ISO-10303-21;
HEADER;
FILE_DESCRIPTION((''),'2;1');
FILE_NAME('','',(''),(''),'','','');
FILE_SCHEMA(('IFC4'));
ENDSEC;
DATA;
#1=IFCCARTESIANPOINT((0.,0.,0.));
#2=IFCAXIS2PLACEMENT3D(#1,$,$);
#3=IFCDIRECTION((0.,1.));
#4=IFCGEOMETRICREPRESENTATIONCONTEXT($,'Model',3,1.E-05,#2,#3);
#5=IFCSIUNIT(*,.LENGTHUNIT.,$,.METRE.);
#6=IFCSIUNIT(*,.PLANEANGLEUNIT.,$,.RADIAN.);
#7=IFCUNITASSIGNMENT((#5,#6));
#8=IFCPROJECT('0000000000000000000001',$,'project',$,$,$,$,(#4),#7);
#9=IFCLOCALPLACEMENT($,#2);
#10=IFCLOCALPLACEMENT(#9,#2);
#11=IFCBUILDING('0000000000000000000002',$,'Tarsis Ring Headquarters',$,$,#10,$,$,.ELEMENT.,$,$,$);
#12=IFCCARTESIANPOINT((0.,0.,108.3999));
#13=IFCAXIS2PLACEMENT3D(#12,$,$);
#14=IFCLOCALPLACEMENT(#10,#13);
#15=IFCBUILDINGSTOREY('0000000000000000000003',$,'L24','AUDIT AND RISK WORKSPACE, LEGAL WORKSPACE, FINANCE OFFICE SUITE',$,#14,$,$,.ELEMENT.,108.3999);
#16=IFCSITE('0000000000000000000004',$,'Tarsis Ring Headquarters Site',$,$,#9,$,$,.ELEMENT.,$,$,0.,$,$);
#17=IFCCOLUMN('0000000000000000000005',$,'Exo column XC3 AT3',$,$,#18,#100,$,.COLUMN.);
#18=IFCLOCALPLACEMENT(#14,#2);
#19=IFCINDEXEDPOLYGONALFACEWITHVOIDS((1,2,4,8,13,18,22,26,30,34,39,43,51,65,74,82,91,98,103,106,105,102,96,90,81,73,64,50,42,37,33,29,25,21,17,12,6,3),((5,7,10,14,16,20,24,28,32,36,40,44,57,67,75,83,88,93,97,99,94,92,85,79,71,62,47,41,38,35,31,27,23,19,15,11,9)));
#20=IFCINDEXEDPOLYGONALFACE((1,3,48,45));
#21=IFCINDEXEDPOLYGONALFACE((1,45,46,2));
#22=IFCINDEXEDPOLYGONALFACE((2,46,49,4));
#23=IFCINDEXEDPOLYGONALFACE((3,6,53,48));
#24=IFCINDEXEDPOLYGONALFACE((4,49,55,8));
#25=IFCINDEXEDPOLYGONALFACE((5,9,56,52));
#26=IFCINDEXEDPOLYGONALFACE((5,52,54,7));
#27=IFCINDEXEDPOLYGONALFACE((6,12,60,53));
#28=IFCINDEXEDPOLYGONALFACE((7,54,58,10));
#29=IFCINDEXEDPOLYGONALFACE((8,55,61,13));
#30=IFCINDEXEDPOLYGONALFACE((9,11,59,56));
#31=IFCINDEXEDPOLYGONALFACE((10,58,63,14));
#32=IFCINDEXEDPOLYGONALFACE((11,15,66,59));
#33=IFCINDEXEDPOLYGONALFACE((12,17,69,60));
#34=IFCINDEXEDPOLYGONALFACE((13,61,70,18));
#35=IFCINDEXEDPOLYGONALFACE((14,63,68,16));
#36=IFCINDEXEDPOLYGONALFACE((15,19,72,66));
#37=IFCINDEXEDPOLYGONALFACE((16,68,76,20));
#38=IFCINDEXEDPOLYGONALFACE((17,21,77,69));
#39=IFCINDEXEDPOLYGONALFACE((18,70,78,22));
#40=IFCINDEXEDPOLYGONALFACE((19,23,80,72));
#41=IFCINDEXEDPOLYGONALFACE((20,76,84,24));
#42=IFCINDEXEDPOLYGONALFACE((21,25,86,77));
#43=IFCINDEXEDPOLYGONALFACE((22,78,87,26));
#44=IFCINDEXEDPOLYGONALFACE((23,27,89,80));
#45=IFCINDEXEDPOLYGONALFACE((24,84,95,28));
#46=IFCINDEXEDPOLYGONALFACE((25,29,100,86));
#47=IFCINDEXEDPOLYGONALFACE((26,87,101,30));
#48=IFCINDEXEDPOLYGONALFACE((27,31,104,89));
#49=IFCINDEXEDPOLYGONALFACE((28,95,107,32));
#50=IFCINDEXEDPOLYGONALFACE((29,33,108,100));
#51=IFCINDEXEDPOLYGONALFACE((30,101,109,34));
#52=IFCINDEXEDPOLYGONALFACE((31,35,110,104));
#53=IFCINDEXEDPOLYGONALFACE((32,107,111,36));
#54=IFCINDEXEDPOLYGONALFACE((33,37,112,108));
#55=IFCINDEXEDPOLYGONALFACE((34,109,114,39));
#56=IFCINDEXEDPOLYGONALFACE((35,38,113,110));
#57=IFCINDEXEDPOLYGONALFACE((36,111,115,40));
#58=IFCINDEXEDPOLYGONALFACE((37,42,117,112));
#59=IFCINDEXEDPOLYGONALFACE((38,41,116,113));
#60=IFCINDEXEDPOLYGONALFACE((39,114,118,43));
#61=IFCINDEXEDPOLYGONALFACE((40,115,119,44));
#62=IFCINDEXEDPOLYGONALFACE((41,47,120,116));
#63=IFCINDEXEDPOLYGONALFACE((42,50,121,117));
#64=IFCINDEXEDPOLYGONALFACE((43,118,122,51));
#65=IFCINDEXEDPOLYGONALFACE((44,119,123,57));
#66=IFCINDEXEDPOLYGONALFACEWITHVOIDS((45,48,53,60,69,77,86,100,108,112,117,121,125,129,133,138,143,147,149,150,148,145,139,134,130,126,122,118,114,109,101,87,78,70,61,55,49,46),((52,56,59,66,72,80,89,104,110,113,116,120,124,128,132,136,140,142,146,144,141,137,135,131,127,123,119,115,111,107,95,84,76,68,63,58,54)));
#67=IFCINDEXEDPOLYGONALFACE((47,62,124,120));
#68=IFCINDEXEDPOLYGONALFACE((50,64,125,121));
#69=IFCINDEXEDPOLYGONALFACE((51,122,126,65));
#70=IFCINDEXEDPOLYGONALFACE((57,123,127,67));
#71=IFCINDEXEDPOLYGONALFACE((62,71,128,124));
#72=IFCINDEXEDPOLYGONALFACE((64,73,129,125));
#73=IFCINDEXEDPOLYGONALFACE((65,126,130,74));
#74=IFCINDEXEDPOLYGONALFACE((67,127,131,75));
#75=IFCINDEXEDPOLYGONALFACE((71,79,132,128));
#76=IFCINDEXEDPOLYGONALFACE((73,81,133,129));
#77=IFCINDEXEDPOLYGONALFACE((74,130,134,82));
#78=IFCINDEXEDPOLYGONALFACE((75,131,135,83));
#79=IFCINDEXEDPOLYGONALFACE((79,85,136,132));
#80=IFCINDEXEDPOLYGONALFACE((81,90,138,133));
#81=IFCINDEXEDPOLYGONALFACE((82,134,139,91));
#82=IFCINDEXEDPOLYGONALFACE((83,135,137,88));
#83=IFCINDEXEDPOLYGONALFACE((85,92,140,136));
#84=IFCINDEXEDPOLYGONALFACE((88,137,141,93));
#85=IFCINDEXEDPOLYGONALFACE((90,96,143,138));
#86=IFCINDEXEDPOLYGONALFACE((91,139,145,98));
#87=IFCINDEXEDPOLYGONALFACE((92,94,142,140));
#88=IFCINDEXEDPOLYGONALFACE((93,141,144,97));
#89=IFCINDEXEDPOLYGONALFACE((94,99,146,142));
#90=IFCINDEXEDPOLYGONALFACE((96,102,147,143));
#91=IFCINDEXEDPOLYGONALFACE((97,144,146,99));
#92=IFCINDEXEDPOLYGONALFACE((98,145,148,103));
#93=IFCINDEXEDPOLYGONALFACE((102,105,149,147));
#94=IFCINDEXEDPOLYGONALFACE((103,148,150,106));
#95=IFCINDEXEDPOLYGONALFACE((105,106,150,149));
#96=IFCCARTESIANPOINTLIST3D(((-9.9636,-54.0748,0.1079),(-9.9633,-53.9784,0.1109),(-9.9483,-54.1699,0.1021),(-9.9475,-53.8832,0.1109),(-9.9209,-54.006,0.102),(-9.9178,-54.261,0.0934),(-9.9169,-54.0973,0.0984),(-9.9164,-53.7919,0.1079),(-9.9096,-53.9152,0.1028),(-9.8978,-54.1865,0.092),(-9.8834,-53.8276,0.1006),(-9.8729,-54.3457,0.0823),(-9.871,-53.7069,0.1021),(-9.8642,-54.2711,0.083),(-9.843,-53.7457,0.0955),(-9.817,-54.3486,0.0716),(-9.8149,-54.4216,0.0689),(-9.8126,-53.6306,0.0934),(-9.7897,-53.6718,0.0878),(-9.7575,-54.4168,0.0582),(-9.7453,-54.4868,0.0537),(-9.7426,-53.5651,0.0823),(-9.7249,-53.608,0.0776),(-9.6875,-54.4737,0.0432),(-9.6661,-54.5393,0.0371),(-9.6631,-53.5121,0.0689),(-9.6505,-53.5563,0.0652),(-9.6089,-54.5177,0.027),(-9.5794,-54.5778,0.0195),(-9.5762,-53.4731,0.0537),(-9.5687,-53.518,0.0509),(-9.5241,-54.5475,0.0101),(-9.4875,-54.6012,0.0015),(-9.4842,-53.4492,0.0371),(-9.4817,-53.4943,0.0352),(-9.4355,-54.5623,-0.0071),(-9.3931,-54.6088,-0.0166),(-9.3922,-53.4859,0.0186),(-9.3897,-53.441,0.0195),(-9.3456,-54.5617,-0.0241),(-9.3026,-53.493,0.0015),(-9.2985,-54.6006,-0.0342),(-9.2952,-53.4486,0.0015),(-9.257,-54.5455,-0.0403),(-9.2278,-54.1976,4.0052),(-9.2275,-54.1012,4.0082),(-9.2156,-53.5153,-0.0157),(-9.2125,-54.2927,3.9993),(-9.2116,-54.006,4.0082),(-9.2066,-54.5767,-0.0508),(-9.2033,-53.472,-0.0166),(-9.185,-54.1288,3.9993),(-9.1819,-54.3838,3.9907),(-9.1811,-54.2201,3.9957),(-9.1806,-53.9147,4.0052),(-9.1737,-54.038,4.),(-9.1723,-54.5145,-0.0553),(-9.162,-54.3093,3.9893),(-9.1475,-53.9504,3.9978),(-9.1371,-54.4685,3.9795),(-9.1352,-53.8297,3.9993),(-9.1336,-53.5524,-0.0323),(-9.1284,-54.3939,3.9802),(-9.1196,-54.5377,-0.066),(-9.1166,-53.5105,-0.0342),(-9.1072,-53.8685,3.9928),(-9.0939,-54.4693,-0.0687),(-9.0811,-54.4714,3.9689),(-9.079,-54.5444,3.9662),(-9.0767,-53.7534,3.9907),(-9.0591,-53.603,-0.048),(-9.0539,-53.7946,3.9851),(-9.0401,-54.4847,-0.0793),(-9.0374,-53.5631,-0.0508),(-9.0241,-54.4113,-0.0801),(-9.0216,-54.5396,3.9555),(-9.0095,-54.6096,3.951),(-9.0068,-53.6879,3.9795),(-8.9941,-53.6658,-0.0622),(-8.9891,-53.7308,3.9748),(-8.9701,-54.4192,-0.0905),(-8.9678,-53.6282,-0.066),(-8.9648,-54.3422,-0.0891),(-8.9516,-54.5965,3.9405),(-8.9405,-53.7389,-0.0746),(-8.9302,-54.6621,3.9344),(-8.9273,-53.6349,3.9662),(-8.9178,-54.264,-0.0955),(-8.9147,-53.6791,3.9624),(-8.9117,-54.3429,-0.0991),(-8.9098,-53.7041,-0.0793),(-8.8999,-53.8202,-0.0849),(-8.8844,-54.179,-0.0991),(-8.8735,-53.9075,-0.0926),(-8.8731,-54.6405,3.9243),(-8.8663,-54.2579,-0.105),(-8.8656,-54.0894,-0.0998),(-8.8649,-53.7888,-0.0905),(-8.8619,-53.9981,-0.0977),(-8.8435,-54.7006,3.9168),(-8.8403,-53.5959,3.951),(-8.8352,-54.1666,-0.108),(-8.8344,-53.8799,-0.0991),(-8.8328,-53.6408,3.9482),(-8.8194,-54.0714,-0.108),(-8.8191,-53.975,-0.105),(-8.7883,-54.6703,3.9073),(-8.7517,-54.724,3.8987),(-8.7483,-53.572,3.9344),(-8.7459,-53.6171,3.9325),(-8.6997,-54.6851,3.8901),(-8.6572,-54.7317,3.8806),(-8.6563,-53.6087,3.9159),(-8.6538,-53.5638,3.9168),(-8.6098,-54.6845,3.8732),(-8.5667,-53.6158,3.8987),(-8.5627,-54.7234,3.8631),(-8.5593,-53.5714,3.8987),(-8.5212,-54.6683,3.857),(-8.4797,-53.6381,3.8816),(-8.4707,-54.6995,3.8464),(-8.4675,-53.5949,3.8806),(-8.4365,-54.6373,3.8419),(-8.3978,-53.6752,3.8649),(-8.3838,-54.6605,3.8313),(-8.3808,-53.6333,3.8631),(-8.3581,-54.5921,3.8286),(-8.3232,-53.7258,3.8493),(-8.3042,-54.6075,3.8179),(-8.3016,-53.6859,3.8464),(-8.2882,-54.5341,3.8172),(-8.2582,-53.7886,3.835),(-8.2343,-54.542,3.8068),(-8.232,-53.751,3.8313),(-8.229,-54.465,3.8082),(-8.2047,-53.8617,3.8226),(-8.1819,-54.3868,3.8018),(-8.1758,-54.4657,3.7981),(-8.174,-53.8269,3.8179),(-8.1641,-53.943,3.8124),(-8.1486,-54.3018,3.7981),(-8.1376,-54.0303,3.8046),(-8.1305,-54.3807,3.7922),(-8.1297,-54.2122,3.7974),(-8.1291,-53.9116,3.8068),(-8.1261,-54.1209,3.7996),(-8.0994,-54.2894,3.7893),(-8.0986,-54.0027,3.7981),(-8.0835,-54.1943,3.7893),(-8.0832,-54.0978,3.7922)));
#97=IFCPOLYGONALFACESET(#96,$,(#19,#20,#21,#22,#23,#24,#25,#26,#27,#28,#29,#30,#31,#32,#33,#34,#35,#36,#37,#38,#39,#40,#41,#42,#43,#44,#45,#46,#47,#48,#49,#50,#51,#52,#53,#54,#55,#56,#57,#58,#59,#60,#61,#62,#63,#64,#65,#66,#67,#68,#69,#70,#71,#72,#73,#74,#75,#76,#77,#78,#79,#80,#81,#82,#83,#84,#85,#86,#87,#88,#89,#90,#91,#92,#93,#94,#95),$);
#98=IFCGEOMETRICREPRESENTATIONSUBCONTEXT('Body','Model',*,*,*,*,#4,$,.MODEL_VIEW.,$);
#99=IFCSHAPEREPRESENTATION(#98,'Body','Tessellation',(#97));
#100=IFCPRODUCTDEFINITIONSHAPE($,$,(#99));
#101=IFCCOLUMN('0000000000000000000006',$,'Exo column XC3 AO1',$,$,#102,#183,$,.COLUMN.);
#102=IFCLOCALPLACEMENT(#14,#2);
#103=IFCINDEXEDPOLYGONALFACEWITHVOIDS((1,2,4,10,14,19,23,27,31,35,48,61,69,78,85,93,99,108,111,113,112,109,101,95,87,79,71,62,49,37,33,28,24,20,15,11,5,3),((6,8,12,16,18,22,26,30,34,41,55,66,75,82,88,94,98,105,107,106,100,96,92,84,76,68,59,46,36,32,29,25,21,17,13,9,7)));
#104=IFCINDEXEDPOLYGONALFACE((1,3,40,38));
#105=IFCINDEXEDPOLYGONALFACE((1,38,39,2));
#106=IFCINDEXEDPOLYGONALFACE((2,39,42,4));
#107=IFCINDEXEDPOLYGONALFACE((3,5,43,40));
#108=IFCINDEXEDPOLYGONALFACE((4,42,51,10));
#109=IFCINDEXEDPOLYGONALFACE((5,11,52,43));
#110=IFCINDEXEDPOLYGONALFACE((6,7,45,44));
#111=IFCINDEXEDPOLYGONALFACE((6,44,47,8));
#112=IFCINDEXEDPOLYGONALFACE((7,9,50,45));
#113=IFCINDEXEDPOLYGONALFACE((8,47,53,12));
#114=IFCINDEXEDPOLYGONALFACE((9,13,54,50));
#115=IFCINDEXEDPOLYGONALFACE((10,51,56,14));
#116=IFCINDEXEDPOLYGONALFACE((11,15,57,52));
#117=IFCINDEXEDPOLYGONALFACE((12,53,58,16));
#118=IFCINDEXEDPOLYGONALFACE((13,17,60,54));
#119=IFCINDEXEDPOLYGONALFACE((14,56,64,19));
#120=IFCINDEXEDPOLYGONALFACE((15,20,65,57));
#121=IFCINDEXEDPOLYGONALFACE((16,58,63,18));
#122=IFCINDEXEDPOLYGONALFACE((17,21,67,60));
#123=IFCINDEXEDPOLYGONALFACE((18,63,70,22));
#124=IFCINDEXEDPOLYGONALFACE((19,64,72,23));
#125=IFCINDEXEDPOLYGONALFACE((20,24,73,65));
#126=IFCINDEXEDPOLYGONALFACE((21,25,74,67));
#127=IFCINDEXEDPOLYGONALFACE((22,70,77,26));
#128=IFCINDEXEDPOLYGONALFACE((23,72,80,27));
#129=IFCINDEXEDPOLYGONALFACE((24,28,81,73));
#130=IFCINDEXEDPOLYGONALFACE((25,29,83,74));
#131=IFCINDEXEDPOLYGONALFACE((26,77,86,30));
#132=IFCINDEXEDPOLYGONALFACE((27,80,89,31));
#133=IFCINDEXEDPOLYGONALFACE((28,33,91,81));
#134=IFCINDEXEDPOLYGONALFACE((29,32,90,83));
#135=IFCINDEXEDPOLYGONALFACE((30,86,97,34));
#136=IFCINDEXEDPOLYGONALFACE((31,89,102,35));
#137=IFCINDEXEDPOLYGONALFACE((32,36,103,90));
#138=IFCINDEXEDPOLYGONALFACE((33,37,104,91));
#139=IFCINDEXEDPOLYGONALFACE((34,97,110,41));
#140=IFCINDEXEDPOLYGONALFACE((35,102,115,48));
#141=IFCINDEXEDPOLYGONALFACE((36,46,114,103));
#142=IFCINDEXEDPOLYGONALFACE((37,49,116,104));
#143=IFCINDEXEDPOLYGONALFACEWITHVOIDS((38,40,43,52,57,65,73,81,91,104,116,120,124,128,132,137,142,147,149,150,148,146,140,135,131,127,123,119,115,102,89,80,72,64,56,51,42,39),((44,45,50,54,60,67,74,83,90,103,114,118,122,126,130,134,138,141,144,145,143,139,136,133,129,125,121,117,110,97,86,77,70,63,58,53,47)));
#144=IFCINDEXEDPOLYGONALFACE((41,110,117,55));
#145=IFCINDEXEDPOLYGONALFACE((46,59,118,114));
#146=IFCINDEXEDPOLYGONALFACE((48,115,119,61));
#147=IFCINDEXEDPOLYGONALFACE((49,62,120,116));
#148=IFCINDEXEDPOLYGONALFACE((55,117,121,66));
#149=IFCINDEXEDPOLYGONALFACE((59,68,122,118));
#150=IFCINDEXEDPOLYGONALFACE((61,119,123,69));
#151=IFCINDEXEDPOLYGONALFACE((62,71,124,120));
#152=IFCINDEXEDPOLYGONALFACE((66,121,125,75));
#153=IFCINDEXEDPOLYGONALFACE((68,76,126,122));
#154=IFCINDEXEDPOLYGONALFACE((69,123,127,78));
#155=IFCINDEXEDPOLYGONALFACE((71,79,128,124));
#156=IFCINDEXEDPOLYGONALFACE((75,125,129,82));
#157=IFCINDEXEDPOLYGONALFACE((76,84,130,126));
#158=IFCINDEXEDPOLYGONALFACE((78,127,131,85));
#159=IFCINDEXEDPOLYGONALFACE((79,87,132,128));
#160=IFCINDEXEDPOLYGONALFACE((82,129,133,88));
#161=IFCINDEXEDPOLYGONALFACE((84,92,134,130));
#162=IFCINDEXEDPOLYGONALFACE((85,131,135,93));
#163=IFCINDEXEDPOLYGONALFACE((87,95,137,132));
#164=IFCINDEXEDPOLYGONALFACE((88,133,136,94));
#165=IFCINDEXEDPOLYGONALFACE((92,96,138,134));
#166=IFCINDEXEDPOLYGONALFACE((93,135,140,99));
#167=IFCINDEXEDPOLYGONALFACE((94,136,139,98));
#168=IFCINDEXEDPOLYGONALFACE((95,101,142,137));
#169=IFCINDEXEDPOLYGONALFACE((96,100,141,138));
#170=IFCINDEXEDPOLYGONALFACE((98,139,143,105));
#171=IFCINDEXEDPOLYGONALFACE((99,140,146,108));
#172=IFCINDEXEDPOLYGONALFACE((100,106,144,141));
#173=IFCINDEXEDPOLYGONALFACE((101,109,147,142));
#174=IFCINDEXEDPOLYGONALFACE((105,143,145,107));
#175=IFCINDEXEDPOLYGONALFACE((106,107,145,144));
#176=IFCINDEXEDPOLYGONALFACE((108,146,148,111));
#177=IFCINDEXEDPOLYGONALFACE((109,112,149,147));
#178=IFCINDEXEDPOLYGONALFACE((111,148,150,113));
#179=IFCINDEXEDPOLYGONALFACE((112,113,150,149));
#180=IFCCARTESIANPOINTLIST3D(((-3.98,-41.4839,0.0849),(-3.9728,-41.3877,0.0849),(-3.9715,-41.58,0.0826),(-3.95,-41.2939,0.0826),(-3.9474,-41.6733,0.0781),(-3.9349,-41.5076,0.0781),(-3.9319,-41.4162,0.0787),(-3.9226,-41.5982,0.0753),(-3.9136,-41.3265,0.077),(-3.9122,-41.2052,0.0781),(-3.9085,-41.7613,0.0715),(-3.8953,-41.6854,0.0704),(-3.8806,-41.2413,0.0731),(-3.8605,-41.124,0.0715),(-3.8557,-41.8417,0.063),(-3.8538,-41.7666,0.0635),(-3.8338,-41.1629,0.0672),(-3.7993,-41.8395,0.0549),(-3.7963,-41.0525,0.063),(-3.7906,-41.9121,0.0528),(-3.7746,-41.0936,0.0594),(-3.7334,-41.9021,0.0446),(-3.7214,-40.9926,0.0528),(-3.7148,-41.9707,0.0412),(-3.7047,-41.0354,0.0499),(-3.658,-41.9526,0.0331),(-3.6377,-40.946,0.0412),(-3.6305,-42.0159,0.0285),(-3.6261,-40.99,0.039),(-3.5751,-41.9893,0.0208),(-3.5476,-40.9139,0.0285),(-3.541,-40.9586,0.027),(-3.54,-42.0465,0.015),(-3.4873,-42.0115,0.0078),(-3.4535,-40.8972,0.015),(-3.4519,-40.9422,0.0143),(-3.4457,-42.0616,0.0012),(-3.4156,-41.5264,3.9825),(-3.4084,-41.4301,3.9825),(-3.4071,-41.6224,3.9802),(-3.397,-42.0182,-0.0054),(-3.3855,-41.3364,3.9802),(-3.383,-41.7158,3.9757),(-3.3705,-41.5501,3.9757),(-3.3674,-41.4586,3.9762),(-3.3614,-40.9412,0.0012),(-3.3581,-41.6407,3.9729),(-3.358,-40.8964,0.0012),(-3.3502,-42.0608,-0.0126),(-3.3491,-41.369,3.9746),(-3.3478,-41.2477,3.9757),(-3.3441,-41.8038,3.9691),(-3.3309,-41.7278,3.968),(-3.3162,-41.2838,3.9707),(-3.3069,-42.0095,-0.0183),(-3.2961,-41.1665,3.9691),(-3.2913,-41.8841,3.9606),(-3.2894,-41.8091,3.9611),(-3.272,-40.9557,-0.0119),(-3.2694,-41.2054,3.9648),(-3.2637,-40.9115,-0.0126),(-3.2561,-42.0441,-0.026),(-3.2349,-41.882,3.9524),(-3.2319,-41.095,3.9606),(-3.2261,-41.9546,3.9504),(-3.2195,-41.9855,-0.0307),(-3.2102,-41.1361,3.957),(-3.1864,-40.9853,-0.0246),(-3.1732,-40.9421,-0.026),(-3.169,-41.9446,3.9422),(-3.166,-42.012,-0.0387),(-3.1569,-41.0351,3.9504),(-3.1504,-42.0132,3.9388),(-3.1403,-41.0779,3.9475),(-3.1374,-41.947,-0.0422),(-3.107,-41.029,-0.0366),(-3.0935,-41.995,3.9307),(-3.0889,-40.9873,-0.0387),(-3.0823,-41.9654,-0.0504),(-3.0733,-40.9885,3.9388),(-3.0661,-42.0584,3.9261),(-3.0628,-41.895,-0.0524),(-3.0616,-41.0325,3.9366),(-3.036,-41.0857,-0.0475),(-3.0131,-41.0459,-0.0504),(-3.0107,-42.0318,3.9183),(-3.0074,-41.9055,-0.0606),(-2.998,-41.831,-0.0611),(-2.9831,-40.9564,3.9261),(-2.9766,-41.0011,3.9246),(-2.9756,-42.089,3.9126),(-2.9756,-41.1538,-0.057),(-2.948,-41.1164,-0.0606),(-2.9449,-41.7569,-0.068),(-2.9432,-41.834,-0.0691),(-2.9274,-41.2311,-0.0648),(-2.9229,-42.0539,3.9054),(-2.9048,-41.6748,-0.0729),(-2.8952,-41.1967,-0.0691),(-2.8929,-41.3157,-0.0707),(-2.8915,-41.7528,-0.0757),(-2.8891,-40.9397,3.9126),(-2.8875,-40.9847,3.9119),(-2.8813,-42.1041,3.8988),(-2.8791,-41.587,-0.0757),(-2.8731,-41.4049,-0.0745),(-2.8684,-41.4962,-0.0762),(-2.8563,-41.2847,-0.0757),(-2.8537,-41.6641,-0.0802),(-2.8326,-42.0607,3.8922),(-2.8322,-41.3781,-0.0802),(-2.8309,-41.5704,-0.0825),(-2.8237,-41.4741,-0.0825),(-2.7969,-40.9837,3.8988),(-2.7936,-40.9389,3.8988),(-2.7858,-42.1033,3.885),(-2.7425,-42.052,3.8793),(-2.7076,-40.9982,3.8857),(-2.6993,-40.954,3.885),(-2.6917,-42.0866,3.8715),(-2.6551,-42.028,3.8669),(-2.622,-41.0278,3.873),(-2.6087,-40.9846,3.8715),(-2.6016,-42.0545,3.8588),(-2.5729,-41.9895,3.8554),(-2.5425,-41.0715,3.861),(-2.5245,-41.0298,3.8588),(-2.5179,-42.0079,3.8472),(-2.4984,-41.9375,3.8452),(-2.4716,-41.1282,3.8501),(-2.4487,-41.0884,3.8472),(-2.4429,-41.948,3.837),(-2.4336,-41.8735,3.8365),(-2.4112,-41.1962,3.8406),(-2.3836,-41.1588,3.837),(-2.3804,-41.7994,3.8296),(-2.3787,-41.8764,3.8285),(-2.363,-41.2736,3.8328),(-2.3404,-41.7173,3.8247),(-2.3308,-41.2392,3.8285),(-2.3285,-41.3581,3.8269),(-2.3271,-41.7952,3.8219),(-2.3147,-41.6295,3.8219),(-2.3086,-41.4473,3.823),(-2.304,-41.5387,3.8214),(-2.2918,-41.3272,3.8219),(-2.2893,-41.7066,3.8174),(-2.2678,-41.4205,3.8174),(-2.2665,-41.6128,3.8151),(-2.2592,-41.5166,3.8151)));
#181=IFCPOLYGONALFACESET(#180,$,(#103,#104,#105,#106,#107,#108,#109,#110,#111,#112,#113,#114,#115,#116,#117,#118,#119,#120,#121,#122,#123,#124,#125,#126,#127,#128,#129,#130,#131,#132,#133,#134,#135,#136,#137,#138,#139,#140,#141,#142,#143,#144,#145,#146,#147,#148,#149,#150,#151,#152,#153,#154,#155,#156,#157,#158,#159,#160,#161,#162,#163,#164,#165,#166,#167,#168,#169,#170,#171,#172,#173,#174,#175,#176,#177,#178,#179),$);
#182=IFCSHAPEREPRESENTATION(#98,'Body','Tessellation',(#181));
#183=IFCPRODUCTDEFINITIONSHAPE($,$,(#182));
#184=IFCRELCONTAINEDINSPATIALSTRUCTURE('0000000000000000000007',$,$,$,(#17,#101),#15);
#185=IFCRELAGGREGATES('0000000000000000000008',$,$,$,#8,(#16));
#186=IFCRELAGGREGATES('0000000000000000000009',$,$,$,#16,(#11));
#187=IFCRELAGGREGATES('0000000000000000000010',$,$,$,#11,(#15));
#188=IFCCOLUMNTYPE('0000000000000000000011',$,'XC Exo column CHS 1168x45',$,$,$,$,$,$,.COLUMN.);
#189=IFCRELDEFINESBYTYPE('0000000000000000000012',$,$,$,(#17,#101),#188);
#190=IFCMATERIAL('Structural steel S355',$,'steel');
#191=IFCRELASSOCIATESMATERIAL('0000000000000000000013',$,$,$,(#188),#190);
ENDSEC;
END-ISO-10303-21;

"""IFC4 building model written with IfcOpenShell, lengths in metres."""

from ifc_helpers import new_model, si_unit, direction, frame, origin, origin_2d, place, context, subcontext, project, spatial, hollow_circle, extrude, material, material_profile, profile_set, type_object, element, save


model = new_model("IFC4")

# Units and contexts
model_context = context("Model", 3, precision=1e-05, world=origin(), true_north=direction((0.0, 1.0)))
body_context = subcontext(model_context, "Body", "Model", "MODEL_VIEW")
ifc_project = project(units=[si_unit("LENGTHUNIT", "METRE"), si_unit("PLANEANGLEUNIT", "RADIAN")], contexts=[model_context])

# Site, building, storey
site_placement = place(None, origin())
site = spatial("IfcSite", under=ifc_project, at=site_placement, Name="Tarsis Ring Headquarters Site", CompositionType="ELEMENT", RefElevation=0.0)
building_placement = place(site_placement, origin())
building = spatial("IfcBuilding", under=site, at=building_placement, Name="Tarsis Ring Headquarters", CompositionType="ELEMENT")
storey_placement = place(building_placement, frame((0.0, 0.0, 108.3999)))
storey = spatial("IfcBuildingStorey", under=building, at=storey_placement, Name="L24", Description="AUDIT AND RISK WORKSPACE, LEGAL WORKSPACE, FINANCE OFFICE SUITE", CompositionType="ELEMENT", Elevation=108.3999)

# Columns
ifc_material_1 = material(Name="Structural steel S355", Category="steel")
ifc_material_profile_1 = material_profile(ifc_material_1, hollow_circle(Radius=0.5842, WallThickness=0.0449, at=origin_2d()), Name="CHS 1168x45")
ifc_profile_set_1 = profile_set([ifc_material_profile_1], Name="Structural steel S355")
column_type = type_object("IfcColumnType", Name="XC Exo column CHS 1168x45", PredefinedType="COLUMN", material=ifc_profile_set_1)
column_1_placement = place(storey_placement, frame((-9.3914, -54.0249, 0.0015), z_axis=(0.185445, -0.030948, 0.982167), x_axis=(0.164611, 0.986359, 0.0)))
element("IfcColumn", 1, at=column_1_placement, inside=storey, type_object=column_type, Name="Exo column XC3 AT3", PredefinedType="COLUMN", context=body_context, shape_type="SweptSolid", body=[
    extrude(hollow_circle(Radius=0.5842, WallThickness=0.0449, at=origin_2d()), origin(), (0.0, 0.0, 1.0), 3.968),
])
column_2_placement = place(storey_placement, frame((-3.4019, -41.479, 0.0012), z_axis=(0.143313, -0.010786, 0.989619), x_axis=(0.075047, 0.99718, 0.0)))
element("IfcColumn", 2, at=column_2_placement, inside=storey, type_object=column_type, Name="Exo column XC3 AO1", PredefinedType="COLUMN", context=body_context, shape_type="SweptSolid", body=[
    extrude(hollow_circle(Radius=0.5842, WallThickness=0.0449, at=origin_2d()), origin(), (0.0, 0.0, 1.0), 3.9385),
])

save(model, "model.ifc")
